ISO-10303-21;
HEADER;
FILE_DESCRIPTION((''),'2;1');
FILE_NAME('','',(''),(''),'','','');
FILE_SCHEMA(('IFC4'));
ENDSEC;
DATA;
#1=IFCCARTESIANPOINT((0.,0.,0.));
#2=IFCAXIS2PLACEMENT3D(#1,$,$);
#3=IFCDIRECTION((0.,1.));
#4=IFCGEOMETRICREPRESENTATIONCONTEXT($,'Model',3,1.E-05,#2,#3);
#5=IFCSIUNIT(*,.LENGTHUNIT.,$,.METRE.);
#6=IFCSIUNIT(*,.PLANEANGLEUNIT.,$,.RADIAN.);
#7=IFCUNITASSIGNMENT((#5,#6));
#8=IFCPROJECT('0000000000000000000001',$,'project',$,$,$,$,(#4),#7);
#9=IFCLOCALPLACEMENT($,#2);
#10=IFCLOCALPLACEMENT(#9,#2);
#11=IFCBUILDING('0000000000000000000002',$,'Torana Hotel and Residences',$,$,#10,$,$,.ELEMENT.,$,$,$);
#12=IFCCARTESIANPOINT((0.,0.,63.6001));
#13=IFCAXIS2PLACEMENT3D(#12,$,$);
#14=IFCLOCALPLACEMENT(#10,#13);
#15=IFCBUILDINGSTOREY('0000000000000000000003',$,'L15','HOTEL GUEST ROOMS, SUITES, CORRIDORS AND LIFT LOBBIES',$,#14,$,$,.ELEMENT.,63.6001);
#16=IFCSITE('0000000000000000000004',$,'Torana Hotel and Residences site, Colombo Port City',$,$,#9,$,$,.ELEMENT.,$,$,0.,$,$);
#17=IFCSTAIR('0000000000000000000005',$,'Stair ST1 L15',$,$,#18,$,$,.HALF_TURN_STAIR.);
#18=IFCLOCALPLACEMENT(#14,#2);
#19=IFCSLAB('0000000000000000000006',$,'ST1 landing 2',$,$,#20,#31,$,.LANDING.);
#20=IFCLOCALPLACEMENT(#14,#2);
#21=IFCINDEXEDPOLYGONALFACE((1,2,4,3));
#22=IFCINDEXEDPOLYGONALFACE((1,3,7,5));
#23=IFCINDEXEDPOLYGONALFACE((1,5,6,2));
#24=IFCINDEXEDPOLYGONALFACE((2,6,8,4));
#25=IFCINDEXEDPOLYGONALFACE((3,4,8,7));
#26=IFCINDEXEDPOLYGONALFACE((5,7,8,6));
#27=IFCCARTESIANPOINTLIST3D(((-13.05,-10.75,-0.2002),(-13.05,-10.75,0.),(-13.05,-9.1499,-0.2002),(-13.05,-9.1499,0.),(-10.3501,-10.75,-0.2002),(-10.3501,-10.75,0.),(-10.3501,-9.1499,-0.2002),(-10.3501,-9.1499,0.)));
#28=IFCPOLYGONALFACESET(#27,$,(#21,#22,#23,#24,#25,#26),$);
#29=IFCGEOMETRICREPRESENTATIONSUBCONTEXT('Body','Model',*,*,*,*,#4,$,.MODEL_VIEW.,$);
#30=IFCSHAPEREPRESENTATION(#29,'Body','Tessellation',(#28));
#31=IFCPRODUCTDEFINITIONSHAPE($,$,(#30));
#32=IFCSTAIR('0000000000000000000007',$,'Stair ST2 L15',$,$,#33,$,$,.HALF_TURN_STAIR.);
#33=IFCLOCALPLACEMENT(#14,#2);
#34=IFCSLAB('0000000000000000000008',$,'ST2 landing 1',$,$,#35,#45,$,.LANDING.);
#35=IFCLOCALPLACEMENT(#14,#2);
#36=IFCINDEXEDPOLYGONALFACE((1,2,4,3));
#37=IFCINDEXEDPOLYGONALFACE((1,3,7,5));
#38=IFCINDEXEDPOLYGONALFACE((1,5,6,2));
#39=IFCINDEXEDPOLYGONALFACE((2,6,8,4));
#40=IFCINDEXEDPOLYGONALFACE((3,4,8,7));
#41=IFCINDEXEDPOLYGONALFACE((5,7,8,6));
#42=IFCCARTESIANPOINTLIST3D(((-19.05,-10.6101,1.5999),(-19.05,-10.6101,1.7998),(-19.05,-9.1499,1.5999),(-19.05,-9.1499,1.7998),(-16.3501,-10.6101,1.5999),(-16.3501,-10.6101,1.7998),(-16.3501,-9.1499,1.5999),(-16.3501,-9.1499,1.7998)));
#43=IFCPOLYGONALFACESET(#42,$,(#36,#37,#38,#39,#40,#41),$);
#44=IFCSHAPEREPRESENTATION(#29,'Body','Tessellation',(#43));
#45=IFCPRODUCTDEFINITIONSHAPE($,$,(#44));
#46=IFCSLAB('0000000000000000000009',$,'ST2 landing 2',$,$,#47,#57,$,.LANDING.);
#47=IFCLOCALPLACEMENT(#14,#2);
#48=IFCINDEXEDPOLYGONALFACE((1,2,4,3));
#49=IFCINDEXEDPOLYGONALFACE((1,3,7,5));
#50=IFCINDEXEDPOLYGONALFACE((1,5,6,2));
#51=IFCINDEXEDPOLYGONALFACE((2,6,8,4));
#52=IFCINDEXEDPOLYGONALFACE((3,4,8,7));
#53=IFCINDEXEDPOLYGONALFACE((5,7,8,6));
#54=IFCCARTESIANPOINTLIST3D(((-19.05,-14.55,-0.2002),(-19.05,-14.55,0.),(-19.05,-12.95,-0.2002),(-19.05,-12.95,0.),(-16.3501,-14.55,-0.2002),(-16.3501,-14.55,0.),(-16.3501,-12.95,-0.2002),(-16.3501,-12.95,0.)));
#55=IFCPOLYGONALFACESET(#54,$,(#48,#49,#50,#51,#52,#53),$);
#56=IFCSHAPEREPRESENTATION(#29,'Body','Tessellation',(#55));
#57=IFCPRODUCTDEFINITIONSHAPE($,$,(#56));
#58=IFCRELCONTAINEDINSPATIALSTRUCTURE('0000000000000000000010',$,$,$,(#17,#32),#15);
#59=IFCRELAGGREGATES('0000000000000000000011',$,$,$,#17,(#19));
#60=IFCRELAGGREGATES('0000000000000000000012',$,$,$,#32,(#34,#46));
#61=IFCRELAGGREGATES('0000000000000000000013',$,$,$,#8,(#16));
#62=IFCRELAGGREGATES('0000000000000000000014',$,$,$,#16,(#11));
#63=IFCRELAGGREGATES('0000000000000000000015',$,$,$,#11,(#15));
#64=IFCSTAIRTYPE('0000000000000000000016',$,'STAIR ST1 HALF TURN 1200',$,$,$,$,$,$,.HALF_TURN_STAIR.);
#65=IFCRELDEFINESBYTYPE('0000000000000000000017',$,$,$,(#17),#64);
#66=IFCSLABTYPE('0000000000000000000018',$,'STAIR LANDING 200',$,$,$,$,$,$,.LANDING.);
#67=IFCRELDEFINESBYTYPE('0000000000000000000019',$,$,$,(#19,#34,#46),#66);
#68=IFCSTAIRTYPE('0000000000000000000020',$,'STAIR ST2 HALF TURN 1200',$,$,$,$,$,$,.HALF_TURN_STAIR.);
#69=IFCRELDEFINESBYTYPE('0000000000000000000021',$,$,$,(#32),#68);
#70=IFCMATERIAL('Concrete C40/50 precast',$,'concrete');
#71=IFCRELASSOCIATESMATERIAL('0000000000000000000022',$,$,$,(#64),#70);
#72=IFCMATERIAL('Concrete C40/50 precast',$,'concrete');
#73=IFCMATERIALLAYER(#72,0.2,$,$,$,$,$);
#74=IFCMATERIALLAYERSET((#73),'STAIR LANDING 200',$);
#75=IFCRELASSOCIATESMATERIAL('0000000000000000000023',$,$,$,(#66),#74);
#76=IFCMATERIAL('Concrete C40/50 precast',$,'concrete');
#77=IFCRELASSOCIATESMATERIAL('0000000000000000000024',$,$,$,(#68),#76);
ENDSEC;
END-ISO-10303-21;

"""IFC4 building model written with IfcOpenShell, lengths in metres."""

from ifc_helpers import new_model, si_unit, direction, frame, origin, place, context, subcontext, project, spatial, polyline, outline, extrude, material, layer, layer_set, type_object, element, aggregate, save


model = new_model("IFC4")

# Units and contexts
model_context = context("Model", 3, precision=1e-05, world=origin(), true_north=direction((0.0, 1.0)))
body_context = subcontext(model_context, "Body", "Model", "MODEL_VIEW")
ifc_project = project(units=[si_unit("LENGTHUNIT", "METRE"), si_unit("PLANEANGLEUNIT", "RADIAN")], contexts=[model_context])

# Site, building, storey
site_placement = place(None, origin())
site = spatial("IfcSite", under=ifc_project, at=site_placement, Name="Torana Hotel and Residences site, Colombo Port City", CompositionType="ELEMENT", RefElevation=0.0)
building_placement = place(site_placement, origin())
building = spatial("IfcBuilding", under=site, at=building_placement, Name="Torana Hotel and Residences", CompositionType="ELEMENT")
storey_placement = place(building_placement, frame((0.0, 0.0, 63.6001)))
storey = spatial("IfcBuildingStorey", under=building, at=storey_placement, Name="L15", Description="HOTEL GUEST ROOMS, SUITES, CORRIDORS AND LIFT LOBBIES", CompositionType="ELEMENT", Elevation=63.6001)

# Stairs, slabs
ifc_material_1 = material(Name="Concrete C40/50 precast", Category="concrete")
stair_type_1 = type_object("IfcStairType", Name="STAIR ST1 HALF TURN 1200", PredefinedType="HALF_TURN_STAIR", material=ifc_material_1)
stair_1_placement = place(storey_placement, origin())
stair_1 = element("IfcStair", 1, at=stair_1_placement, inside=storey, type_object=stair_type_1, Name="Stair ST1 L15", PredefinedType="HALF_TURN_STAIR")
ifc_material_2 = material(Name="Concrete C40/50 precast", Category="concrete")
ifc_layer_1 = layer(ifc_material_2, 0.2)
ifc_layer_set_1 = layer_set([ifc_layer_1], Name="STAIR LANDING 200")
slab_type_1 = type_object("IfcSlabType", Name="STAIR LANDING 200", PredefinedType="LANDING", material=ifc_layer_set_1)
slab_1_placement = place(storey_placement, frame((0.0, 0.0, -0.2002)))
slab_1 = element("IfcSlab", 2, at=slab_1_placement, type_object=slab_type_1, Name="ST1 landing 2", PredefinedType="LANDING", context=body_context, shape_type="SweptSolid", body=[
    extrude(outline(polyline([(-13.05, -10.75), (-10.3501, -10.75), (-10.3501, -9.1499), (-13.05, -9.1499), (-13.05, -10.75)])), origin(), (0.0, 0.0, 1.0), 0.2002),
])
aggregate(stair_1, [slab_1])
ifc_material_3 = material(Name="Concrete C40/50 precast", Category="concrete")
stair_type_2 = type_object("IfcStairType", Name="STAIR ST2 HALF TURN 1200", PredefinedType="HALF_TURN_STAIR", material=ifc_material_3)
stair_2_placement = place(storey_placement, origin())
stair_2 = element("IfcStair", 3, at=stair_2_placement, inside=storey, type_object=stair_type_2, Name="Stair ST2 L15", PredefinedType="HALF_TURN_STAIR")
slab_2_placement = place(storey_placement, frame((0.0, 0.0, 1.5999)))
slab_2 = element("IfcSlab", 4, at=slab_2_placement, type_object=slab_type_1, Name="ST2 landing 1", PredefinedType="LANDING", context=body_context, shape_type="SweptSolid", body=[
    extrude(outline(polyline([(-19.05, -10.6101), (-16.3501, -10.6101), (-16.3501, -9.1499), (-19.05, -9.1499), (-19.05, -10.6101)])), origin(), (0.0, 0.0, 1.0), 0.2),
])
slab_3_placement = place(storey_placement, frame((0.0, 0.0, -0.2002)))
slab_3 = element("IfcSlab", 5, at=slab_3_placement, type_object=slab_type_1, Name="ST2 landing 2", PredefinedType="LANDING", context=body_context, shape_type="SweptSolid", body=[
    extrude(outline(polyline([(-19.05, -14.55), (-16.3501, -14.55), (-16.3501, -12.95), (-19.05, -12.95), (-19.05, -14.55)])), origin(), (0.0, 0.0, 1.0), 0.2002),
])
aggregate(stair_2, [slab_2, slab_3])

save(model, "model.ifc")
